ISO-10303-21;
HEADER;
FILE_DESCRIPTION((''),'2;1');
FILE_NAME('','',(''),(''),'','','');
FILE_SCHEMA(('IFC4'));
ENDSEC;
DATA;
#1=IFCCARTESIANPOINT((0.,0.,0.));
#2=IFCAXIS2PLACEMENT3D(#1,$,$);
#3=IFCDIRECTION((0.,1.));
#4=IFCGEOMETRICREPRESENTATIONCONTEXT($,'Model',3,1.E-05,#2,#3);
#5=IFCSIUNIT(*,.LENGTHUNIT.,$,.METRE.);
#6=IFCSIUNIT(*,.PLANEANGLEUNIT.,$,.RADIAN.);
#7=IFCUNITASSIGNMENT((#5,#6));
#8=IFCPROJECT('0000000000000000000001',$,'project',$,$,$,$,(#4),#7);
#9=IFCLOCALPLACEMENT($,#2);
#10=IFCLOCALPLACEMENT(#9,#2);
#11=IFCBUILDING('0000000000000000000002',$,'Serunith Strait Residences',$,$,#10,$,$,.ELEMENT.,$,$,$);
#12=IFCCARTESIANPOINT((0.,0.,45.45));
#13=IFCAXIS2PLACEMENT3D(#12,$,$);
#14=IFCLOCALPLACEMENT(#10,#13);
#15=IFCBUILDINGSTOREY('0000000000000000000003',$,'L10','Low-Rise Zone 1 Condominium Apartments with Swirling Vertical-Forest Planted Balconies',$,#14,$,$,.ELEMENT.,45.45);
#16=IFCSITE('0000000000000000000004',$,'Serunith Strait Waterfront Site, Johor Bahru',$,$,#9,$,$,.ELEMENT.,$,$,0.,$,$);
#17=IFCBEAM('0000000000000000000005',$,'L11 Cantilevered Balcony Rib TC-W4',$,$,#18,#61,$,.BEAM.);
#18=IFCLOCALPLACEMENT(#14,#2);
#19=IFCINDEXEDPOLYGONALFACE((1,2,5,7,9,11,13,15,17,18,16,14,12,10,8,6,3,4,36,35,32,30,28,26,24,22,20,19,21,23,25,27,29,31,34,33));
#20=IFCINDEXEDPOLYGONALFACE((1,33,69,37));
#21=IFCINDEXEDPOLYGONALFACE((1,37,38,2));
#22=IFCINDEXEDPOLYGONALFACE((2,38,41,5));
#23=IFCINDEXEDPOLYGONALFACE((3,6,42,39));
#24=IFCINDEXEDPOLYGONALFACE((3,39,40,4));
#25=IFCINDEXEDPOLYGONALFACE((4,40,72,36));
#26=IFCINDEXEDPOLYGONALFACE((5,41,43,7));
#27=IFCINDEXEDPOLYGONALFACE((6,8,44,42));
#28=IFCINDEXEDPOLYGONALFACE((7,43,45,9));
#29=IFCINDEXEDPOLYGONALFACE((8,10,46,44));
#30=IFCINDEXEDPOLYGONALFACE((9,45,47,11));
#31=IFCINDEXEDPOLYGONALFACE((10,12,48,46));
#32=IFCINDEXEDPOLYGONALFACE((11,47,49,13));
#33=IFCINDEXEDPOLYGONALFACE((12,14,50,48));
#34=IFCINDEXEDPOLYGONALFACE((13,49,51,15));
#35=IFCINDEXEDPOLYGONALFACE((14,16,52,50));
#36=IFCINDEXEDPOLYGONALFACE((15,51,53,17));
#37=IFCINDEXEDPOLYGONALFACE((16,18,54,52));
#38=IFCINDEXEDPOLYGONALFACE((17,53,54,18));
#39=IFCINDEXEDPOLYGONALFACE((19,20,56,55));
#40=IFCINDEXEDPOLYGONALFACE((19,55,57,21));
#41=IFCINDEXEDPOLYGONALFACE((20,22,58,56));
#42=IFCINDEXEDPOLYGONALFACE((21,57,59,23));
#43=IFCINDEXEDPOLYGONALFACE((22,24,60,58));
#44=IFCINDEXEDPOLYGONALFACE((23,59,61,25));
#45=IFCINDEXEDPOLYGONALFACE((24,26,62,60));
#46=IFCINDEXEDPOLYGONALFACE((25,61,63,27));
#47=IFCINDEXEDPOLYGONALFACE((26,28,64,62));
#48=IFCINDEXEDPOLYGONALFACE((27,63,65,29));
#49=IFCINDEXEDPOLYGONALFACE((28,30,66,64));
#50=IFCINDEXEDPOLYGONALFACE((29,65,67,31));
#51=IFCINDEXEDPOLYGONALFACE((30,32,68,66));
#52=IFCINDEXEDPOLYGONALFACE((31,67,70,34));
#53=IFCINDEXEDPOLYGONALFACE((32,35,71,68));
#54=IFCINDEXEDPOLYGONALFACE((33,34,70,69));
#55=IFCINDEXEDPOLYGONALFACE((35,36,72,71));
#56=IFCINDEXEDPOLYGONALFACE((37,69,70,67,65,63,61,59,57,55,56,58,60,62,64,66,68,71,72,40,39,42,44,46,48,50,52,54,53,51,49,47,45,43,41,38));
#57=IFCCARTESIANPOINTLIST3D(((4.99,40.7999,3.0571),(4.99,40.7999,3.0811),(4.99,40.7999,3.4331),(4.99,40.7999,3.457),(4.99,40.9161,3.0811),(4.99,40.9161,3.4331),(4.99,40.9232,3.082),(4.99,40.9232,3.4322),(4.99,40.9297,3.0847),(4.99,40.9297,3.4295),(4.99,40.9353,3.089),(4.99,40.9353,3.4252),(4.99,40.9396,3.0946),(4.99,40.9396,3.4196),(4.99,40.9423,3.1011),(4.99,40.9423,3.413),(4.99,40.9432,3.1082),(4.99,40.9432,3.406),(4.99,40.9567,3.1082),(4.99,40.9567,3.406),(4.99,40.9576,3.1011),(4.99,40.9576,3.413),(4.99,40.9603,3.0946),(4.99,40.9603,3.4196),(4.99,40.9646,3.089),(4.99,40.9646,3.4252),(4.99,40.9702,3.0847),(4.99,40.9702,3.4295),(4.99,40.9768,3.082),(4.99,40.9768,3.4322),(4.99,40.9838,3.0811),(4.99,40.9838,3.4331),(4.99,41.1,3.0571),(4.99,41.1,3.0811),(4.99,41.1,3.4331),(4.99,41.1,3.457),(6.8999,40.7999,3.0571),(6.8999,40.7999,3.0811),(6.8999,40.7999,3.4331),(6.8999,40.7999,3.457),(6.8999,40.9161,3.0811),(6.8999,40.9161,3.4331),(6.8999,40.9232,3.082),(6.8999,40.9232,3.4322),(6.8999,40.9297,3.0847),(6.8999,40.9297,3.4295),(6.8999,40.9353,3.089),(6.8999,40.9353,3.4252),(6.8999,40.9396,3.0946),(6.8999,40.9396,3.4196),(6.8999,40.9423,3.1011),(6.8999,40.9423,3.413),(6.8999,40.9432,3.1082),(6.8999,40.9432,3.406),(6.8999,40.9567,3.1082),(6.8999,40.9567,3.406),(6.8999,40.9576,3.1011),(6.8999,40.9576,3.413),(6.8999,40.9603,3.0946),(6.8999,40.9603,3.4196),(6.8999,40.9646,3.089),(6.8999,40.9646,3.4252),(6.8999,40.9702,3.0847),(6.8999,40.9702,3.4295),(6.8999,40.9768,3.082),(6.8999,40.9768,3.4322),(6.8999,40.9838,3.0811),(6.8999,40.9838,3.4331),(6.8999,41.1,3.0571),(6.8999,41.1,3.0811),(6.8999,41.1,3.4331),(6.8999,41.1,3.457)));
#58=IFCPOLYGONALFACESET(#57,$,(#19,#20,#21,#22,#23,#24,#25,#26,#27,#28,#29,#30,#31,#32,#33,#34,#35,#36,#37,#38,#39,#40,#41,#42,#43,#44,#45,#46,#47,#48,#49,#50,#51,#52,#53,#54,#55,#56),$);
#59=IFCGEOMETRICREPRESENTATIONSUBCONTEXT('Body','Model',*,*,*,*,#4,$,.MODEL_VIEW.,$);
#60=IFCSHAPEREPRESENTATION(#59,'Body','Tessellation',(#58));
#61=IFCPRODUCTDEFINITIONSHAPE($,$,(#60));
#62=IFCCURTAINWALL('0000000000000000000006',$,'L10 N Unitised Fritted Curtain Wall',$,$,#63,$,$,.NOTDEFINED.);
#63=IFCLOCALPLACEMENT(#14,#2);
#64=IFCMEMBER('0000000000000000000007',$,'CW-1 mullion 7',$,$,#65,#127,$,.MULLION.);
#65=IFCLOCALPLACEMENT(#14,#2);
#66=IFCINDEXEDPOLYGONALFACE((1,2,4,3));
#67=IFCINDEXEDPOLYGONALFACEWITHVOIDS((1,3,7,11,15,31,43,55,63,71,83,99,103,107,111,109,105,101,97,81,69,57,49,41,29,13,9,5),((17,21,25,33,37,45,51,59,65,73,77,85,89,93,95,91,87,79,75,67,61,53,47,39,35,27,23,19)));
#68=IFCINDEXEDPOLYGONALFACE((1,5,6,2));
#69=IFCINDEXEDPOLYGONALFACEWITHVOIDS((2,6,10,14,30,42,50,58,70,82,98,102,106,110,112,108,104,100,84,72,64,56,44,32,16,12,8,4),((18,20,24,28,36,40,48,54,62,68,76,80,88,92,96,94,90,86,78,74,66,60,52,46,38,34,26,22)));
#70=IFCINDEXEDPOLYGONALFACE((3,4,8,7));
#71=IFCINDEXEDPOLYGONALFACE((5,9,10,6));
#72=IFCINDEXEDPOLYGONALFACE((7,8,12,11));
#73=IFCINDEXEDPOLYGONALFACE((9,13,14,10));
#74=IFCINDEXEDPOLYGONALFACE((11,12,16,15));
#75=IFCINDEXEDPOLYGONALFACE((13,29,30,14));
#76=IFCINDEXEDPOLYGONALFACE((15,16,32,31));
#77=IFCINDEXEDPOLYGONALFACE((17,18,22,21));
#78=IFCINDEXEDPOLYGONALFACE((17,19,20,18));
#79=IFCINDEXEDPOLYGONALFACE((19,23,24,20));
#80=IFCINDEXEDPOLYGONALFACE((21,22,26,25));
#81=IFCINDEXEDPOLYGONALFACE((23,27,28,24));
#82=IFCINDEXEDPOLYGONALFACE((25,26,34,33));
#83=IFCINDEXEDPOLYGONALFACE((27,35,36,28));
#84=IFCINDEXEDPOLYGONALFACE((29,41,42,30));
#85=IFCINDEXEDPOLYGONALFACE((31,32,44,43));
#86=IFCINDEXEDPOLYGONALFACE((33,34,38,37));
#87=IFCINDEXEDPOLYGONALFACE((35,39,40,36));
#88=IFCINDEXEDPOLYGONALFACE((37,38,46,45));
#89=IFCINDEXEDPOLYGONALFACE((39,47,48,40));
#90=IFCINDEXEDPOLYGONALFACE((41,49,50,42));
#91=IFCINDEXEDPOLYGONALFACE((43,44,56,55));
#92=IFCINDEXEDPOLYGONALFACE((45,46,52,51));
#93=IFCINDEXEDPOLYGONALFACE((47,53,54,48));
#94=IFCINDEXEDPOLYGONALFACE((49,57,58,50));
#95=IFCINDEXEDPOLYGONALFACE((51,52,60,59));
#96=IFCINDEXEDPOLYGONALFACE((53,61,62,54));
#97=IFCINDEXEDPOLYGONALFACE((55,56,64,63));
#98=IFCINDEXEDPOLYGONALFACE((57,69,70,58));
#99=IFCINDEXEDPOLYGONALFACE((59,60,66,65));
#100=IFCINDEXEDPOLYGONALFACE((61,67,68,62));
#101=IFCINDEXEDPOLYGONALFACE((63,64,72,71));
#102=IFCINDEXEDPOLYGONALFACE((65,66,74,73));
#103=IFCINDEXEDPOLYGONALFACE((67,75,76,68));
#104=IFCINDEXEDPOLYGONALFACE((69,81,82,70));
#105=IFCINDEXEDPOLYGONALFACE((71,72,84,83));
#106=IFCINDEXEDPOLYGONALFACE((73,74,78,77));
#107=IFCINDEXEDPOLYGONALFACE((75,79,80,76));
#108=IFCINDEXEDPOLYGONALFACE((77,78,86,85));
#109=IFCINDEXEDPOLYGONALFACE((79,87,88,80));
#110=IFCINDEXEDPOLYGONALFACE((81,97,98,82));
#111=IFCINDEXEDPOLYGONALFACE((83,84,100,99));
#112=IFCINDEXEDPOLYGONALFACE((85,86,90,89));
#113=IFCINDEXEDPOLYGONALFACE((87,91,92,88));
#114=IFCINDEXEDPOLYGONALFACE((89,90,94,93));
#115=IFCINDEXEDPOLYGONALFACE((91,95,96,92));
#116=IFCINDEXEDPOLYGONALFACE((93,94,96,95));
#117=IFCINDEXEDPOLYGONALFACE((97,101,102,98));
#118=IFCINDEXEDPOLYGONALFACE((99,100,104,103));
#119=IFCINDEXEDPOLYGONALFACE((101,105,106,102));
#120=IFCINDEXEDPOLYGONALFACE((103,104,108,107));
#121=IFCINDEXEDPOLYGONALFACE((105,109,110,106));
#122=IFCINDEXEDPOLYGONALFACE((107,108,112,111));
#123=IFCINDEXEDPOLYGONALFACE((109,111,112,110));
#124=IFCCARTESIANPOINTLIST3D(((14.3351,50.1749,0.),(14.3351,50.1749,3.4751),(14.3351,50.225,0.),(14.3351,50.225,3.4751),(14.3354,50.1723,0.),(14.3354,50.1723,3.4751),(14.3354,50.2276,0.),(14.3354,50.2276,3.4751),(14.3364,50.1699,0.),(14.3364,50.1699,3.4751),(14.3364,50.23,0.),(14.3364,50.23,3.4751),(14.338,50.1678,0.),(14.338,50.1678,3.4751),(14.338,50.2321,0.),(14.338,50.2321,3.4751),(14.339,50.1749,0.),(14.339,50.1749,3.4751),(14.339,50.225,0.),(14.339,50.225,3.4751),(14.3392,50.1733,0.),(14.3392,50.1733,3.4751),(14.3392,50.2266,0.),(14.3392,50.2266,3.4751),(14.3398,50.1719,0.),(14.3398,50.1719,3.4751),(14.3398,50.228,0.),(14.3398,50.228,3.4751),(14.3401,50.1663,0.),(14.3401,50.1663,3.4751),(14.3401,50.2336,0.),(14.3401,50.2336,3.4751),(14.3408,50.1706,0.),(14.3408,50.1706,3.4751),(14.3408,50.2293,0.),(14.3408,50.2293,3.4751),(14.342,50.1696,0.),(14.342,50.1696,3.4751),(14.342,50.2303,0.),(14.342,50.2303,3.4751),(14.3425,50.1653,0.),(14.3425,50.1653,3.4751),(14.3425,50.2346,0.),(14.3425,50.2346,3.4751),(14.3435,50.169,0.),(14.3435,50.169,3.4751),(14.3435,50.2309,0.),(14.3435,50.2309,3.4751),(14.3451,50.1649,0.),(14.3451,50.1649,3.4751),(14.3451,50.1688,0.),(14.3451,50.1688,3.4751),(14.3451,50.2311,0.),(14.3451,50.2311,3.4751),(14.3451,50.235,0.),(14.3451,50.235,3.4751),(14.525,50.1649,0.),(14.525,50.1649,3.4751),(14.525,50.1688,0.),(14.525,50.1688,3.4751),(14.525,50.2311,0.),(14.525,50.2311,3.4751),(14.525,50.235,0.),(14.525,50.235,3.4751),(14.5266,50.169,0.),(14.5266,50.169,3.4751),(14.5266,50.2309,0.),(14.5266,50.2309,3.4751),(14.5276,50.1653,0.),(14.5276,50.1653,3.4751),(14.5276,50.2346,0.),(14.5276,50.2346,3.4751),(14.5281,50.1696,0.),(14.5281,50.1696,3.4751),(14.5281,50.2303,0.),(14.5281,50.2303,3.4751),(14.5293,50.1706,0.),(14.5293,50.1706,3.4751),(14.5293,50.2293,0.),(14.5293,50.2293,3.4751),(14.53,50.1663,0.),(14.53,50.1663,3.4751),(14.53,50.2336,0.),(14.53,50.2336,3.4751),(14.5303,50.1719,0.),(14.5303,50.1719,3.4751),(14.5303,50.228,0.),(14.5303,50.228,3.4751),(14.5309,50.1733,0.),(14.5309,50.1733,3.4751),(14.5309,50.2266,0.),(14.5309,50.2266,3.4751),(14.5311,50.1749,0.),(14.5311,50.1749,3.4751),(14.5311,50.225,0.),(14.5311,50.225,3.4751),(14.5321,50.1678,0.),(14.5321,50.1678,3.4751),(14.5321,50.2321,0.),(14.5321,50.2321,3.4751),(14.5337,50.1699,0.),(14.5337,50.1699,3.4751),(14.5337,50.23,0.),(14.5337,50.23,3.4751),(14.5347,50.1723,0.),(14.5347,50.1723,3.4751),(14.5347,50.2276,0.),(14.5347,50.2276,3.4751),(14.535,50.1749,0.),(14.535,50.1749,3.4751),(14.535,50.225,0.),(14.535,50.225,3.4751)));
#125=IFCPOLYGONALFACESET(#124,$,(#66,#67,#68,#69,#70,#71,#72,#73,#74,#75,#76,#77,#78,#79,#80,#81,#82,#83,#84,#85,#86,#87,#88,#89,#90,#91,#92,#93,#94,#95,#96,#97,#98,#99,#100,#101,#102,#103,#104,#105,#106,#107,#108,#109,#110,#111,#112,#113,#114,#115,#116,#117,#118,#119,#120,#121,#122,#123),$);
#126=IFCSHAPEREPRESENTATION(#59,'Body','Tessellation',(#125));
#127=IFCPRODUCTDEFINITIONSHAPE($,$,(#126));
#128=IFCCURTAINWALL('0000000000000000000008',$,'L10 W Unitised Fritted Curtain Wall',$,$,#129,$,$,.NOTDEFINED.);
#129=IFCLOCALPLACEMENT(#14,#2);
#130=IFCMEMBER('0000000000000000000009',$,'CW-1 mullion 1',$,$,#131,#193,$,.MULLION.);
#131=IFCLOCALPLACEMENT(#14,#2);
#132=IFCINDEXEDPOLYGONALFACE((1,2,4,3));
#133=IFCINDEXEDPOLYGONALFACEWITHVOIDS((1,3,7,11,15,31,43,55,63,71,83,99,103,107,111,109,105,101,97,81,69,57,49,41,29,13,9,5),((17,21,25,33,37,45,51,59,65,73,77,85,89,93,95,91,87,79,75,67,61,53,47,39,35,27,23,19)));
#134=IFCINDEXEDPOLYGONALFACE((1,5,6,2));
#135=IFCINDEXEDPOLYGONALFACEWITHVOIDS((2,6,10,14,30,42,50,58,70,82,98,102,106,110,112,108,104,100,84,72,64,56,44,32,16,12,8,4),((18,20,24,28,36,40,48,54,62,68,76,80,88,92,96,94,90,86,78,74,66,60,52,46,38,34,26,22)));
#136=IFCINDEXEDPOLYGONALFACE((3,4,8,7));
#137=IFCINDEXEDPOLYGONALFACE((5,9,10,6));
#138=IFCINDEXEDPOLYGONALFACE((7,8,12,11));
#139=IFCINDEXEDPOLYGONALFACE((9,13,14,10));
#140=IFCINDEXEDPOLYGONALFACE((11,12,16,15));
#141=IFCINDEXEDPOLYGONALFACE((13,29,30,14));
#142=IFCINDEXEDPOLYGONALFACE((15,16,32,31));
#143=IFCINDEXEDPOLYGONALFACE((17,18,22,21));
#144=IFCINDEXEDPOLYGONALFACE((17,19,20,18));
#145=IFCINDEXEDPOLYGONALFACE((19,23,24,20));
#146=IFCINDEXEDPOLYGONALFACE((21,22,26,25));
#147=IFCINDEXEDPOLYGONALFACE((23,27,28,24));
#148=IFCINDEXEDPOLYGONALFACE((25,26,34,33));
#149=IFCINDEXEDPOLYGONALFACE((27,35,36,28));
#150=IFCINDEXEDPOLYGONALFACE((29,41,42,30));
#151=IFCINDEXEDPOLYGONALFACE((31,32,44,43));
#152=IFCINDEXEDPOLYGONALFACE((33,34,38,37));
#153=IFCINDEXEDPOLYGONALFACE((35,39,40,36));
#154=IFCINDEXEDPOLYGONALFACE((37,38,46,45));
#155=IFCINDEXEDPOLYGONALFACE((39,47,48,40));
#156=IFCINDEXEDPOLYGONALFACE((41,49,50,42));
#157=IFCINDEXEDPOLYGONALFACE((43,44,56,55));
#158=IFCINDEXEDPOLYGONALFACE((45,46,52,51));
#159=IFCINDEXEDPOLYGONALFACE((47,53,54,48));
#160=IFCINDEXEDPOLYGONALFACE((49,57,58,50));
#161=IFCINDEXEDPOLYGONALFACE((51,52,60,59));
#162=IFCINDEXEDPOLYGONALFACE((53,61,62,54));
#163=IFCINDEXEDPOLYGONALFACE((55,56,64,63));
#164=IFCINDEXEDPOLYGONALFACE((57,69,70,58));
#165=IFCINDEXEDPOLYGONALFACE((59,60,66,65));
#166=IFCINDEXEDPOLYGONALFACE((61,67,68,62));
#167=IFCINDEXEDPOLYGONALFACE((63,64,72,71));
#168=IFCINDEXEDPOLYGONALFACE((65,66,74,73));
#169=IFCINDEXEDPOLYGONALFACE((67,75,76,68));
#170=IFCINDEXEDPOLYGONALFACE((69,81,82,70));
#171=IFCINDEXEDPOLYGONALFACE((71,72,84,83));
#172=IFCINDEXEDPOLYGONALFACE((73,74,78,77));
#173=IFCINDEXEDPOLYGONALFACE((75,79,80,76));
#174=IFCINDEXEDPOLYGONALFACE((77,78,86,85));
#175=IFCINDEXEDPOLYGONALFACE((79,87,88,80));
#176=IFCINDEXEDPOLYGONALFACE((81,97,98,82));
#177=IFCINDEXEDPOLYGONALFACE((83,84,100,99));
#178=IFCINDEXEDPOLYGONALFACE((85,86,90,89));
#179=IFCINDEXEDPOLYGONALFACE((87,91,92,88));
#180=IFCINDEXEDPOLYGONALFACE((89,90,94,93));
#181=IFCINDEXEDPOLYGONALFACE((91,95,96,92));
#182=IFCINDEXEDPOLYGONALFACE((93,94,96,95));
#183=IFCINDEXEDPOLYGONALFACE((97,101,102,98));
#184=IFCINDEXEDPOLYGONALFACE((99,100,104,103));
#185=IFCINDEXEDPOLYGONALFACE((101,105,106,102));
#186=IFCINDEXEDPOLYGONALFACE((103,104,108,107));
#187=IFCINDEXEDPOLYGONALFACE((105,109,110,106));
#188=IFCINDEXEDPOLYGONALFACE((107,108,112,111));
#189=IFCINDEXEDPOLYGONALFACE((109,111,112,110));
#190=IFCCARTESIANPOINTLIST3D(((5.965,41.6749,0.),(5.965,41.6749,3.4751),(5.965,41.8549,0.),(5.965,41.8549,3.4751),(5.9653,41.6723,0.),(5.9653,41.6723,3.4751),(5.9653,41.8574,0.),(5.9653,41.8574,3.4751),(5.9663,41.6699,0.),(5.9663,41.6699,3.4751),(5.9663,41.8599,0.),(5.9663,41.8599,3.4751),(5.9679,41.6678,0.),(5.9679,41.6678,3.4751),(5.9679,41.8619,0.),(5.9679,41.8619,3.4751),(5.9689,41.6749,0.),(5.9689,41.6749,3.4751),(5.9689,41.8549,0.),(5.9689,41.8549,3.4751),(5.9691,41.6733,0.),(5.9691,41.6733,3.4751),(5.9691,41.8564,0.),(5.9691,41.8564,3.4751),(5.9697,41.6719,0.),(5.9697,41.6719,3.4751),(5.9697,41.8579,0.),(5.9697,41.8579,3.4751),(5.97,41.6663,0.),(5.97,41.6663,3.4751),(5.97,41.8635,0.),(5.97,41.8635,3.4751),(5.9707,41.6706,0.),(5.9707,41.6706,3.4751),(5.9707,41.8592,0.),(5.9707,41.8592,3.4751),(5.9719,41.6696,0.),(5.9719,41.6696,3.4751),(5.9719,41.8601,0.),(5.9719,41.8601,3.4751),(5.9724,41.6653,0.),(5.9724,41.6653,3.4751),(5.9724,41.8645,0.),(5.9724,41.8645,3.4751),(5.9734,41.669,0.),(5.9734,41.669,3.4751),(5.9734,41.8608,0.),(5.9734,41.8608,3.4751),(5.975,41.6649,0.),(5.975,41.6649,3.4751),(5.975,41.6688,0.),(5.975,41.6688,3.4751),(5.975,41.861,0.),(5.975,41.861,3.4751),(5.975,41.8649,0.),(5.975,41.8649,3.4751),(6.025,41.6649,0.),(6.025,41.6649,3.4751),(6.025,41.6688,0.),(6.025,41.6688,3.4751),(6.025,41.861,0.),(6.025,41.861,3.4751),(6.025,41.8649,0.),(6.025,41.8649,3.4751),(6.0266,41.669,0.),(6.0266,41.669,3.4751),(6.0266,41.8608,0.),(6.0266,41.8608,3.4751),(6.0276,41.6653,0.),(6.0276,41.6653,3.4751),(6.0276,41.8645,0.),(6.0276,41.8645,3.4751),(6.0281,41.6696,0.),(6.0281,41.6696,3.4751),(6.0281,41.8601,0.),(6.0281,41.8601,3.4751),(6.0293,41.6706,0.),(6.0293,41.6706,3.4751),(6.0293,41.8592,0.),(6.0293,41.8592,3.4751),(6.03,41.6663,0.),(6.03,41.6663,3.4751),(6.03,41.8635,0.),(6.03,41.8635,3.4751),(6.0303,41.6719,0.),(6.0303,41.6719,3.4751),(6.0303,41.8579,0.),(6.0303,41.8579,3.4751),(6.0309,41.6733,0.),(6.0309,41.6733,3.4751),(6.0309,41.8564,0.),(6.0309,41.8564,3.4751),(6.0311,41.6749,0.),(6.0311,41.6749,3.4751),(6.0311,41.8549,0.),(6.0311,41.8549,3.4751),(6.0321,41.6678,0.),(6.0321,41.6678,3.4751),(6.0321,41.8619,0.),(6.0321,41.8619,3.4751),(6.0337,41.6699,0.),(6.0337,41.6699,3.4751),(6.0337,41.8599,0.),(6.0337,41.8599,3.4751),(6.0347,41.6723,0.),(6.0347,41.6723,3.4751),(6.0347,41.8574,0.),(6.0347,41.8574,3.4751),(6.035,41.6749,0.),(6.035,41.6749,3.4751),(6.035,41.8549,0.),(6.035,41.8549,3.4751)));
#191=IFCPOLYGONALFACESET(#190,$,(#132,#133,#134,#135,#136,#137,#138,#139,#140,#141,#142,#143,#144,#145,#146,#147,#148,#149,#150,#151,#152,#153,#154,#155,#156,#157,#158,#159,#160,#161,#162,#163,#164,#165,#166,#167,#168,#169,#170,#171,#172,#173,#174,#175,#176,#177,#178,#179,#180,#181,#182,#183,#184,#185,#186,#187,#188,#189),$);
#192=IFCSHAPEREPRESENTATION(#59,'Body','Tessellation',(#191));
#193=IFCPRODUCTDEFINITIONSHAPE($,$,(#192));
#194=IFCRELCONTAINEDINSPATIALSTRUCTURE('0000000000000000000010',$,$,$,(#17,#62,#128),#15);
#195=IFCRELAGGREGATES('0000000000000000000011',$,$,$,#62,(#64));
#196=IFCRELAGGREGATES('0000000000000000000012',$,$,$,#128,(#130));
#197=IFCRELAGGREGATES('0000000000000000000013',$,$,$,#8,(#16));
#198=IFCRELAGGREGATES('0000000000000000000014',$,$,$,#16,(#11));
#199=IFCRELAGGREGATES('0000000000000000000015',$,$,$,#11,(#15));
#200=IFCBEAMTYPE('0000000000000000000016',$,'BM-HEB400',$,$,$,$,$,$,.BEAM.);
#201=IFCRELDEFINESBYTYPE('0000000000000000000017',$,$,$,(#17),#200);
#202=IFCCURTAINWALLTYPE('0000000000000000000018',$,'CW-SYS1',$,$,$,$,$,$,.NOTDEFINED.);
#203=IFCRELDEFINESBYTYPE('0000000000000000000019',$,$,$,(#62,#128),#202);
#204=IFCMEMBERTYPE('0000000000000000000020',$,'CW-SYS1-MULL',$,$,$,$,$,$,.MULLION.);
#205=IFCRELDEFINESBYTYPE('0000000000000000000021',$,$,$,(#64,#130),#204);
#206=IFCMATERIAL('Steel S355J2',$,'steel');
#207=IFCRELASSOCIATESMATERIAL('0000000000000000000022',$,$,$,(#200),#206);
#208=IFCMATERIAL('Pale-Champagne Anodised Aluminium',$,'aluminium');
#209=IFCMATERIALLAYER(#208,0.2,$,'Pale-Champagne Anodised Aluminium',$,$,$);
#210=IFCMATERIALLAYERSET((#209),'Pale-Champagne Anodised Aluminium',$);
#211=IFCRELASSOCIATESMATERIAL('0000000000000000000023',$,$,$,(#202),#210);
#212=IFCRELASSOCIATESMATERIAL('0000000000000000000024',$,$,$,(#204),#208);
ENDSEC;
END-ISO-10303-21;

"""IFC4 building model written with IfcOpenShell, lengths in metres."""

from ifc_helpers import new_model, si_unit, direction, frame, origin, origin_2d, place, context, subcontext, project, spatial, hollow_rectangle, i_section, extrude, source, transform, mapped, material, layer, layer_set, material_profile, profile_set, type_object, element, aggregate, save


model = new_model("IFC4")

# Units and contexts
model_context = context("Model", 3, precision=1e-05, world=origin(), true_north=direction((0.0, 1.0)))
body_context = subcontext(model_context, "Body", "Model", "MODEL_VIEW")
ifc_project = project(units=[si_unit("LENGTHUNIT", "METRE"), si_unit("PLANEANGLEUNIT", "RADIAN")], contexts=[model_context])

# Site, building, storey
site_placement = place(None, origin())
site = spatial("IfcSite", under=ifc_project, at=site_placement, Name="Serunith Strait Waterfront Site, Johor Bahru", CompositionType="ELEMENT", RefElevation=0.0)
building_placement = place(site_placement, origin())
building = spatial("IfcBuilding", under=site, at=building_placement, Name="Serunith Strait Residences", CompositionType="ELEMENT")
storey_placement = place(building_placement, frame((0.0, 0.0, 45.45)))
storey = spatial("IfcBuildingStorey", under=building, at=storey_placement, Name="L10", Description="Low-Rise Zone 1 Condominium Apartments with Swirling Vertical-Forest Planted Balconies", CompositionType="ELEMENT", Elevation=45.45)

# Beam
ifc_material_1 = material(Name="Steel S355J2", Category="steel")
ifc_material_profile_1 = material_profile(ifc_material_1, i_section(OverallWidth=0.3, OverallDepth=0.3999, WebThickness=0.0134, FlangeThickness=0.0239, FilletRadius=0.0271, at=origin_2d()), Name="HEB 400")
ifc_profile_set_1 = profile_set([ifc_material_profile_1], Name="Steel S355J2")
beam_type_1 = type_object("IfcBeamType", Name="BM-HEB400", PredefinedType="BEAM", material=ifc_profile_set_1)
shared_shape_1 = source(origin(), body_context, "Body", "SweptSolid", [
    extrude(i_section(OverallWidth=0.3, OverallDepth=0.3999, WebThickness=0.0134, FlangeThickness=0.0239, FilletRadius=0.0271, at=origin_2d()), origin(), (0.0, 0.0, 1.0), 1.9099),
])
for number, where, z_axis, x_axis, name in (
    (1, (6.8999, 40.95, 3.2571), (-1.0, 0.0, 0.0), (0.0, -1.0, 0.0), "L11 Cantilevered Balcony Rib TC-W4"),
):
    element("IfcBeam", number, at=place(storey_placement, frame(where, z_axis=z_axis, x_axis=x_axis)), inside=storey, type_object=beam_type_1, Name=name, PredefinedType="BEAM", context=body_context, shape_type="MappedRepresentation", body=[
        mapped(shared_shape_1, transform((0.0, 0.0, 0.0), scale=1.0)),
    ])

# Curtain wall, member
ifc_material_2 = material(Name="Pale-Champagne Anodised Aluminium", Category="aluminium")
ifc_layer_1 = layer(ifc_material_2, 0.2, Name="Pale-Champagne Anodised Aluminium")
ifc_layer_set_1 = layer_set([ifc_layer_1], Name="Pale-Champagne Anodised Aluminium")
curtain_wall_type = type_object("IfcCurtainWallType", Name="CW-SYS1", PredefinedType="NOTDEFINED", material=ifc_layer_set_1)
curtain_wall_1_placement = place(storey_placement, origin())
curtain_wall_1 = element("IfcCurtainWall", 2, at=curtain_wall_1_placement, inside=storey, type_object=curtain_wall_type, Name="L10 N Unitised Fritted Curtain Wall", PredefinedType="NOTDEFINED")
ifc_material_profile_2 = material_profile(ifc_material_2, hollow_rectangle(XDim=0.0701, YDim=0.2, WallThickness=0.0039, InnerFilletRadius=0.0061, OuterFilletRadius=0.01, at=origin_2d()), Name="ALU 200x70x4")
ifc_profile_set_2 = profile_set([ifc_material_profile_2], Name="Pale-Champagne Anodised Aluminium")
member_type_1 = type_object("IfcMemberType", Name="CW-SYS1-MULL", PredefinedType="MULLION", material=ifc_profile_set_2)
shared_shape_2 = source(origin(), body_context, "Body", "SweptSolid", [
    extrude(hollow_rectangle(XDim=0.0701, YDim=0.2, WallThickness=0.0039, InnerFilletRadius=0.0061, OuterFilletRadius=0.01, at=origin_2d()), origin(), (0.0, 0.0, 1.0), 3.4751),
])
member_1_placement = place(storey_placement, frame((14.4351, 50.2, 0.0), z_axis=(0.0, 0.0, 1.0), x_axis=(0.0, -1.0, 0.0)))
member_1 = element("IfcMember", 3, at=member_1_placement, type_object=member_type_1, Name="CW-1 mullion 7", PredefinedType="MULLION", context=body_context, shape_type="MappedRepresentation", body=[
    mapped(shared_shape_2, transform((0.0, 0.0, 0.0), scale=1.0)),
])

# Curtain wall, member
curtain_wall_2_placement = place(storey_placement, origin())
curtain_wall_2 = element("IfcCurtainWall", 4, at=curtain_wall_2_placement, inside=storey, type_object=curtain_wall_type, Name="L10 W Unitised Fritted Curtain Wall", PredefinedType="NOTDEFINED")
member_2_placement = place(storey_placement, frame((6.0, 41.7649, 0.0), z_axis=(0.0, 0.0, 1.0), x_axis=(1.0, 0.0, 0.0)))
member_2 = element("IfcMember", 5, at=member_2_placement, type_object=member_type_1, Name="CW-1 mullion 1", PredefinedType="MULLION", context=body_context, shape_type="MappedRepresentation", body=[
    mapped(shared_shape_2, transform((0.0, 0.0, 0.0), scale=1.0)),
])

aggregate(curtain_wall_1, [member_1])
aggregate(curtain_wall_2, [member_2])

save(model, "model.ifc")
